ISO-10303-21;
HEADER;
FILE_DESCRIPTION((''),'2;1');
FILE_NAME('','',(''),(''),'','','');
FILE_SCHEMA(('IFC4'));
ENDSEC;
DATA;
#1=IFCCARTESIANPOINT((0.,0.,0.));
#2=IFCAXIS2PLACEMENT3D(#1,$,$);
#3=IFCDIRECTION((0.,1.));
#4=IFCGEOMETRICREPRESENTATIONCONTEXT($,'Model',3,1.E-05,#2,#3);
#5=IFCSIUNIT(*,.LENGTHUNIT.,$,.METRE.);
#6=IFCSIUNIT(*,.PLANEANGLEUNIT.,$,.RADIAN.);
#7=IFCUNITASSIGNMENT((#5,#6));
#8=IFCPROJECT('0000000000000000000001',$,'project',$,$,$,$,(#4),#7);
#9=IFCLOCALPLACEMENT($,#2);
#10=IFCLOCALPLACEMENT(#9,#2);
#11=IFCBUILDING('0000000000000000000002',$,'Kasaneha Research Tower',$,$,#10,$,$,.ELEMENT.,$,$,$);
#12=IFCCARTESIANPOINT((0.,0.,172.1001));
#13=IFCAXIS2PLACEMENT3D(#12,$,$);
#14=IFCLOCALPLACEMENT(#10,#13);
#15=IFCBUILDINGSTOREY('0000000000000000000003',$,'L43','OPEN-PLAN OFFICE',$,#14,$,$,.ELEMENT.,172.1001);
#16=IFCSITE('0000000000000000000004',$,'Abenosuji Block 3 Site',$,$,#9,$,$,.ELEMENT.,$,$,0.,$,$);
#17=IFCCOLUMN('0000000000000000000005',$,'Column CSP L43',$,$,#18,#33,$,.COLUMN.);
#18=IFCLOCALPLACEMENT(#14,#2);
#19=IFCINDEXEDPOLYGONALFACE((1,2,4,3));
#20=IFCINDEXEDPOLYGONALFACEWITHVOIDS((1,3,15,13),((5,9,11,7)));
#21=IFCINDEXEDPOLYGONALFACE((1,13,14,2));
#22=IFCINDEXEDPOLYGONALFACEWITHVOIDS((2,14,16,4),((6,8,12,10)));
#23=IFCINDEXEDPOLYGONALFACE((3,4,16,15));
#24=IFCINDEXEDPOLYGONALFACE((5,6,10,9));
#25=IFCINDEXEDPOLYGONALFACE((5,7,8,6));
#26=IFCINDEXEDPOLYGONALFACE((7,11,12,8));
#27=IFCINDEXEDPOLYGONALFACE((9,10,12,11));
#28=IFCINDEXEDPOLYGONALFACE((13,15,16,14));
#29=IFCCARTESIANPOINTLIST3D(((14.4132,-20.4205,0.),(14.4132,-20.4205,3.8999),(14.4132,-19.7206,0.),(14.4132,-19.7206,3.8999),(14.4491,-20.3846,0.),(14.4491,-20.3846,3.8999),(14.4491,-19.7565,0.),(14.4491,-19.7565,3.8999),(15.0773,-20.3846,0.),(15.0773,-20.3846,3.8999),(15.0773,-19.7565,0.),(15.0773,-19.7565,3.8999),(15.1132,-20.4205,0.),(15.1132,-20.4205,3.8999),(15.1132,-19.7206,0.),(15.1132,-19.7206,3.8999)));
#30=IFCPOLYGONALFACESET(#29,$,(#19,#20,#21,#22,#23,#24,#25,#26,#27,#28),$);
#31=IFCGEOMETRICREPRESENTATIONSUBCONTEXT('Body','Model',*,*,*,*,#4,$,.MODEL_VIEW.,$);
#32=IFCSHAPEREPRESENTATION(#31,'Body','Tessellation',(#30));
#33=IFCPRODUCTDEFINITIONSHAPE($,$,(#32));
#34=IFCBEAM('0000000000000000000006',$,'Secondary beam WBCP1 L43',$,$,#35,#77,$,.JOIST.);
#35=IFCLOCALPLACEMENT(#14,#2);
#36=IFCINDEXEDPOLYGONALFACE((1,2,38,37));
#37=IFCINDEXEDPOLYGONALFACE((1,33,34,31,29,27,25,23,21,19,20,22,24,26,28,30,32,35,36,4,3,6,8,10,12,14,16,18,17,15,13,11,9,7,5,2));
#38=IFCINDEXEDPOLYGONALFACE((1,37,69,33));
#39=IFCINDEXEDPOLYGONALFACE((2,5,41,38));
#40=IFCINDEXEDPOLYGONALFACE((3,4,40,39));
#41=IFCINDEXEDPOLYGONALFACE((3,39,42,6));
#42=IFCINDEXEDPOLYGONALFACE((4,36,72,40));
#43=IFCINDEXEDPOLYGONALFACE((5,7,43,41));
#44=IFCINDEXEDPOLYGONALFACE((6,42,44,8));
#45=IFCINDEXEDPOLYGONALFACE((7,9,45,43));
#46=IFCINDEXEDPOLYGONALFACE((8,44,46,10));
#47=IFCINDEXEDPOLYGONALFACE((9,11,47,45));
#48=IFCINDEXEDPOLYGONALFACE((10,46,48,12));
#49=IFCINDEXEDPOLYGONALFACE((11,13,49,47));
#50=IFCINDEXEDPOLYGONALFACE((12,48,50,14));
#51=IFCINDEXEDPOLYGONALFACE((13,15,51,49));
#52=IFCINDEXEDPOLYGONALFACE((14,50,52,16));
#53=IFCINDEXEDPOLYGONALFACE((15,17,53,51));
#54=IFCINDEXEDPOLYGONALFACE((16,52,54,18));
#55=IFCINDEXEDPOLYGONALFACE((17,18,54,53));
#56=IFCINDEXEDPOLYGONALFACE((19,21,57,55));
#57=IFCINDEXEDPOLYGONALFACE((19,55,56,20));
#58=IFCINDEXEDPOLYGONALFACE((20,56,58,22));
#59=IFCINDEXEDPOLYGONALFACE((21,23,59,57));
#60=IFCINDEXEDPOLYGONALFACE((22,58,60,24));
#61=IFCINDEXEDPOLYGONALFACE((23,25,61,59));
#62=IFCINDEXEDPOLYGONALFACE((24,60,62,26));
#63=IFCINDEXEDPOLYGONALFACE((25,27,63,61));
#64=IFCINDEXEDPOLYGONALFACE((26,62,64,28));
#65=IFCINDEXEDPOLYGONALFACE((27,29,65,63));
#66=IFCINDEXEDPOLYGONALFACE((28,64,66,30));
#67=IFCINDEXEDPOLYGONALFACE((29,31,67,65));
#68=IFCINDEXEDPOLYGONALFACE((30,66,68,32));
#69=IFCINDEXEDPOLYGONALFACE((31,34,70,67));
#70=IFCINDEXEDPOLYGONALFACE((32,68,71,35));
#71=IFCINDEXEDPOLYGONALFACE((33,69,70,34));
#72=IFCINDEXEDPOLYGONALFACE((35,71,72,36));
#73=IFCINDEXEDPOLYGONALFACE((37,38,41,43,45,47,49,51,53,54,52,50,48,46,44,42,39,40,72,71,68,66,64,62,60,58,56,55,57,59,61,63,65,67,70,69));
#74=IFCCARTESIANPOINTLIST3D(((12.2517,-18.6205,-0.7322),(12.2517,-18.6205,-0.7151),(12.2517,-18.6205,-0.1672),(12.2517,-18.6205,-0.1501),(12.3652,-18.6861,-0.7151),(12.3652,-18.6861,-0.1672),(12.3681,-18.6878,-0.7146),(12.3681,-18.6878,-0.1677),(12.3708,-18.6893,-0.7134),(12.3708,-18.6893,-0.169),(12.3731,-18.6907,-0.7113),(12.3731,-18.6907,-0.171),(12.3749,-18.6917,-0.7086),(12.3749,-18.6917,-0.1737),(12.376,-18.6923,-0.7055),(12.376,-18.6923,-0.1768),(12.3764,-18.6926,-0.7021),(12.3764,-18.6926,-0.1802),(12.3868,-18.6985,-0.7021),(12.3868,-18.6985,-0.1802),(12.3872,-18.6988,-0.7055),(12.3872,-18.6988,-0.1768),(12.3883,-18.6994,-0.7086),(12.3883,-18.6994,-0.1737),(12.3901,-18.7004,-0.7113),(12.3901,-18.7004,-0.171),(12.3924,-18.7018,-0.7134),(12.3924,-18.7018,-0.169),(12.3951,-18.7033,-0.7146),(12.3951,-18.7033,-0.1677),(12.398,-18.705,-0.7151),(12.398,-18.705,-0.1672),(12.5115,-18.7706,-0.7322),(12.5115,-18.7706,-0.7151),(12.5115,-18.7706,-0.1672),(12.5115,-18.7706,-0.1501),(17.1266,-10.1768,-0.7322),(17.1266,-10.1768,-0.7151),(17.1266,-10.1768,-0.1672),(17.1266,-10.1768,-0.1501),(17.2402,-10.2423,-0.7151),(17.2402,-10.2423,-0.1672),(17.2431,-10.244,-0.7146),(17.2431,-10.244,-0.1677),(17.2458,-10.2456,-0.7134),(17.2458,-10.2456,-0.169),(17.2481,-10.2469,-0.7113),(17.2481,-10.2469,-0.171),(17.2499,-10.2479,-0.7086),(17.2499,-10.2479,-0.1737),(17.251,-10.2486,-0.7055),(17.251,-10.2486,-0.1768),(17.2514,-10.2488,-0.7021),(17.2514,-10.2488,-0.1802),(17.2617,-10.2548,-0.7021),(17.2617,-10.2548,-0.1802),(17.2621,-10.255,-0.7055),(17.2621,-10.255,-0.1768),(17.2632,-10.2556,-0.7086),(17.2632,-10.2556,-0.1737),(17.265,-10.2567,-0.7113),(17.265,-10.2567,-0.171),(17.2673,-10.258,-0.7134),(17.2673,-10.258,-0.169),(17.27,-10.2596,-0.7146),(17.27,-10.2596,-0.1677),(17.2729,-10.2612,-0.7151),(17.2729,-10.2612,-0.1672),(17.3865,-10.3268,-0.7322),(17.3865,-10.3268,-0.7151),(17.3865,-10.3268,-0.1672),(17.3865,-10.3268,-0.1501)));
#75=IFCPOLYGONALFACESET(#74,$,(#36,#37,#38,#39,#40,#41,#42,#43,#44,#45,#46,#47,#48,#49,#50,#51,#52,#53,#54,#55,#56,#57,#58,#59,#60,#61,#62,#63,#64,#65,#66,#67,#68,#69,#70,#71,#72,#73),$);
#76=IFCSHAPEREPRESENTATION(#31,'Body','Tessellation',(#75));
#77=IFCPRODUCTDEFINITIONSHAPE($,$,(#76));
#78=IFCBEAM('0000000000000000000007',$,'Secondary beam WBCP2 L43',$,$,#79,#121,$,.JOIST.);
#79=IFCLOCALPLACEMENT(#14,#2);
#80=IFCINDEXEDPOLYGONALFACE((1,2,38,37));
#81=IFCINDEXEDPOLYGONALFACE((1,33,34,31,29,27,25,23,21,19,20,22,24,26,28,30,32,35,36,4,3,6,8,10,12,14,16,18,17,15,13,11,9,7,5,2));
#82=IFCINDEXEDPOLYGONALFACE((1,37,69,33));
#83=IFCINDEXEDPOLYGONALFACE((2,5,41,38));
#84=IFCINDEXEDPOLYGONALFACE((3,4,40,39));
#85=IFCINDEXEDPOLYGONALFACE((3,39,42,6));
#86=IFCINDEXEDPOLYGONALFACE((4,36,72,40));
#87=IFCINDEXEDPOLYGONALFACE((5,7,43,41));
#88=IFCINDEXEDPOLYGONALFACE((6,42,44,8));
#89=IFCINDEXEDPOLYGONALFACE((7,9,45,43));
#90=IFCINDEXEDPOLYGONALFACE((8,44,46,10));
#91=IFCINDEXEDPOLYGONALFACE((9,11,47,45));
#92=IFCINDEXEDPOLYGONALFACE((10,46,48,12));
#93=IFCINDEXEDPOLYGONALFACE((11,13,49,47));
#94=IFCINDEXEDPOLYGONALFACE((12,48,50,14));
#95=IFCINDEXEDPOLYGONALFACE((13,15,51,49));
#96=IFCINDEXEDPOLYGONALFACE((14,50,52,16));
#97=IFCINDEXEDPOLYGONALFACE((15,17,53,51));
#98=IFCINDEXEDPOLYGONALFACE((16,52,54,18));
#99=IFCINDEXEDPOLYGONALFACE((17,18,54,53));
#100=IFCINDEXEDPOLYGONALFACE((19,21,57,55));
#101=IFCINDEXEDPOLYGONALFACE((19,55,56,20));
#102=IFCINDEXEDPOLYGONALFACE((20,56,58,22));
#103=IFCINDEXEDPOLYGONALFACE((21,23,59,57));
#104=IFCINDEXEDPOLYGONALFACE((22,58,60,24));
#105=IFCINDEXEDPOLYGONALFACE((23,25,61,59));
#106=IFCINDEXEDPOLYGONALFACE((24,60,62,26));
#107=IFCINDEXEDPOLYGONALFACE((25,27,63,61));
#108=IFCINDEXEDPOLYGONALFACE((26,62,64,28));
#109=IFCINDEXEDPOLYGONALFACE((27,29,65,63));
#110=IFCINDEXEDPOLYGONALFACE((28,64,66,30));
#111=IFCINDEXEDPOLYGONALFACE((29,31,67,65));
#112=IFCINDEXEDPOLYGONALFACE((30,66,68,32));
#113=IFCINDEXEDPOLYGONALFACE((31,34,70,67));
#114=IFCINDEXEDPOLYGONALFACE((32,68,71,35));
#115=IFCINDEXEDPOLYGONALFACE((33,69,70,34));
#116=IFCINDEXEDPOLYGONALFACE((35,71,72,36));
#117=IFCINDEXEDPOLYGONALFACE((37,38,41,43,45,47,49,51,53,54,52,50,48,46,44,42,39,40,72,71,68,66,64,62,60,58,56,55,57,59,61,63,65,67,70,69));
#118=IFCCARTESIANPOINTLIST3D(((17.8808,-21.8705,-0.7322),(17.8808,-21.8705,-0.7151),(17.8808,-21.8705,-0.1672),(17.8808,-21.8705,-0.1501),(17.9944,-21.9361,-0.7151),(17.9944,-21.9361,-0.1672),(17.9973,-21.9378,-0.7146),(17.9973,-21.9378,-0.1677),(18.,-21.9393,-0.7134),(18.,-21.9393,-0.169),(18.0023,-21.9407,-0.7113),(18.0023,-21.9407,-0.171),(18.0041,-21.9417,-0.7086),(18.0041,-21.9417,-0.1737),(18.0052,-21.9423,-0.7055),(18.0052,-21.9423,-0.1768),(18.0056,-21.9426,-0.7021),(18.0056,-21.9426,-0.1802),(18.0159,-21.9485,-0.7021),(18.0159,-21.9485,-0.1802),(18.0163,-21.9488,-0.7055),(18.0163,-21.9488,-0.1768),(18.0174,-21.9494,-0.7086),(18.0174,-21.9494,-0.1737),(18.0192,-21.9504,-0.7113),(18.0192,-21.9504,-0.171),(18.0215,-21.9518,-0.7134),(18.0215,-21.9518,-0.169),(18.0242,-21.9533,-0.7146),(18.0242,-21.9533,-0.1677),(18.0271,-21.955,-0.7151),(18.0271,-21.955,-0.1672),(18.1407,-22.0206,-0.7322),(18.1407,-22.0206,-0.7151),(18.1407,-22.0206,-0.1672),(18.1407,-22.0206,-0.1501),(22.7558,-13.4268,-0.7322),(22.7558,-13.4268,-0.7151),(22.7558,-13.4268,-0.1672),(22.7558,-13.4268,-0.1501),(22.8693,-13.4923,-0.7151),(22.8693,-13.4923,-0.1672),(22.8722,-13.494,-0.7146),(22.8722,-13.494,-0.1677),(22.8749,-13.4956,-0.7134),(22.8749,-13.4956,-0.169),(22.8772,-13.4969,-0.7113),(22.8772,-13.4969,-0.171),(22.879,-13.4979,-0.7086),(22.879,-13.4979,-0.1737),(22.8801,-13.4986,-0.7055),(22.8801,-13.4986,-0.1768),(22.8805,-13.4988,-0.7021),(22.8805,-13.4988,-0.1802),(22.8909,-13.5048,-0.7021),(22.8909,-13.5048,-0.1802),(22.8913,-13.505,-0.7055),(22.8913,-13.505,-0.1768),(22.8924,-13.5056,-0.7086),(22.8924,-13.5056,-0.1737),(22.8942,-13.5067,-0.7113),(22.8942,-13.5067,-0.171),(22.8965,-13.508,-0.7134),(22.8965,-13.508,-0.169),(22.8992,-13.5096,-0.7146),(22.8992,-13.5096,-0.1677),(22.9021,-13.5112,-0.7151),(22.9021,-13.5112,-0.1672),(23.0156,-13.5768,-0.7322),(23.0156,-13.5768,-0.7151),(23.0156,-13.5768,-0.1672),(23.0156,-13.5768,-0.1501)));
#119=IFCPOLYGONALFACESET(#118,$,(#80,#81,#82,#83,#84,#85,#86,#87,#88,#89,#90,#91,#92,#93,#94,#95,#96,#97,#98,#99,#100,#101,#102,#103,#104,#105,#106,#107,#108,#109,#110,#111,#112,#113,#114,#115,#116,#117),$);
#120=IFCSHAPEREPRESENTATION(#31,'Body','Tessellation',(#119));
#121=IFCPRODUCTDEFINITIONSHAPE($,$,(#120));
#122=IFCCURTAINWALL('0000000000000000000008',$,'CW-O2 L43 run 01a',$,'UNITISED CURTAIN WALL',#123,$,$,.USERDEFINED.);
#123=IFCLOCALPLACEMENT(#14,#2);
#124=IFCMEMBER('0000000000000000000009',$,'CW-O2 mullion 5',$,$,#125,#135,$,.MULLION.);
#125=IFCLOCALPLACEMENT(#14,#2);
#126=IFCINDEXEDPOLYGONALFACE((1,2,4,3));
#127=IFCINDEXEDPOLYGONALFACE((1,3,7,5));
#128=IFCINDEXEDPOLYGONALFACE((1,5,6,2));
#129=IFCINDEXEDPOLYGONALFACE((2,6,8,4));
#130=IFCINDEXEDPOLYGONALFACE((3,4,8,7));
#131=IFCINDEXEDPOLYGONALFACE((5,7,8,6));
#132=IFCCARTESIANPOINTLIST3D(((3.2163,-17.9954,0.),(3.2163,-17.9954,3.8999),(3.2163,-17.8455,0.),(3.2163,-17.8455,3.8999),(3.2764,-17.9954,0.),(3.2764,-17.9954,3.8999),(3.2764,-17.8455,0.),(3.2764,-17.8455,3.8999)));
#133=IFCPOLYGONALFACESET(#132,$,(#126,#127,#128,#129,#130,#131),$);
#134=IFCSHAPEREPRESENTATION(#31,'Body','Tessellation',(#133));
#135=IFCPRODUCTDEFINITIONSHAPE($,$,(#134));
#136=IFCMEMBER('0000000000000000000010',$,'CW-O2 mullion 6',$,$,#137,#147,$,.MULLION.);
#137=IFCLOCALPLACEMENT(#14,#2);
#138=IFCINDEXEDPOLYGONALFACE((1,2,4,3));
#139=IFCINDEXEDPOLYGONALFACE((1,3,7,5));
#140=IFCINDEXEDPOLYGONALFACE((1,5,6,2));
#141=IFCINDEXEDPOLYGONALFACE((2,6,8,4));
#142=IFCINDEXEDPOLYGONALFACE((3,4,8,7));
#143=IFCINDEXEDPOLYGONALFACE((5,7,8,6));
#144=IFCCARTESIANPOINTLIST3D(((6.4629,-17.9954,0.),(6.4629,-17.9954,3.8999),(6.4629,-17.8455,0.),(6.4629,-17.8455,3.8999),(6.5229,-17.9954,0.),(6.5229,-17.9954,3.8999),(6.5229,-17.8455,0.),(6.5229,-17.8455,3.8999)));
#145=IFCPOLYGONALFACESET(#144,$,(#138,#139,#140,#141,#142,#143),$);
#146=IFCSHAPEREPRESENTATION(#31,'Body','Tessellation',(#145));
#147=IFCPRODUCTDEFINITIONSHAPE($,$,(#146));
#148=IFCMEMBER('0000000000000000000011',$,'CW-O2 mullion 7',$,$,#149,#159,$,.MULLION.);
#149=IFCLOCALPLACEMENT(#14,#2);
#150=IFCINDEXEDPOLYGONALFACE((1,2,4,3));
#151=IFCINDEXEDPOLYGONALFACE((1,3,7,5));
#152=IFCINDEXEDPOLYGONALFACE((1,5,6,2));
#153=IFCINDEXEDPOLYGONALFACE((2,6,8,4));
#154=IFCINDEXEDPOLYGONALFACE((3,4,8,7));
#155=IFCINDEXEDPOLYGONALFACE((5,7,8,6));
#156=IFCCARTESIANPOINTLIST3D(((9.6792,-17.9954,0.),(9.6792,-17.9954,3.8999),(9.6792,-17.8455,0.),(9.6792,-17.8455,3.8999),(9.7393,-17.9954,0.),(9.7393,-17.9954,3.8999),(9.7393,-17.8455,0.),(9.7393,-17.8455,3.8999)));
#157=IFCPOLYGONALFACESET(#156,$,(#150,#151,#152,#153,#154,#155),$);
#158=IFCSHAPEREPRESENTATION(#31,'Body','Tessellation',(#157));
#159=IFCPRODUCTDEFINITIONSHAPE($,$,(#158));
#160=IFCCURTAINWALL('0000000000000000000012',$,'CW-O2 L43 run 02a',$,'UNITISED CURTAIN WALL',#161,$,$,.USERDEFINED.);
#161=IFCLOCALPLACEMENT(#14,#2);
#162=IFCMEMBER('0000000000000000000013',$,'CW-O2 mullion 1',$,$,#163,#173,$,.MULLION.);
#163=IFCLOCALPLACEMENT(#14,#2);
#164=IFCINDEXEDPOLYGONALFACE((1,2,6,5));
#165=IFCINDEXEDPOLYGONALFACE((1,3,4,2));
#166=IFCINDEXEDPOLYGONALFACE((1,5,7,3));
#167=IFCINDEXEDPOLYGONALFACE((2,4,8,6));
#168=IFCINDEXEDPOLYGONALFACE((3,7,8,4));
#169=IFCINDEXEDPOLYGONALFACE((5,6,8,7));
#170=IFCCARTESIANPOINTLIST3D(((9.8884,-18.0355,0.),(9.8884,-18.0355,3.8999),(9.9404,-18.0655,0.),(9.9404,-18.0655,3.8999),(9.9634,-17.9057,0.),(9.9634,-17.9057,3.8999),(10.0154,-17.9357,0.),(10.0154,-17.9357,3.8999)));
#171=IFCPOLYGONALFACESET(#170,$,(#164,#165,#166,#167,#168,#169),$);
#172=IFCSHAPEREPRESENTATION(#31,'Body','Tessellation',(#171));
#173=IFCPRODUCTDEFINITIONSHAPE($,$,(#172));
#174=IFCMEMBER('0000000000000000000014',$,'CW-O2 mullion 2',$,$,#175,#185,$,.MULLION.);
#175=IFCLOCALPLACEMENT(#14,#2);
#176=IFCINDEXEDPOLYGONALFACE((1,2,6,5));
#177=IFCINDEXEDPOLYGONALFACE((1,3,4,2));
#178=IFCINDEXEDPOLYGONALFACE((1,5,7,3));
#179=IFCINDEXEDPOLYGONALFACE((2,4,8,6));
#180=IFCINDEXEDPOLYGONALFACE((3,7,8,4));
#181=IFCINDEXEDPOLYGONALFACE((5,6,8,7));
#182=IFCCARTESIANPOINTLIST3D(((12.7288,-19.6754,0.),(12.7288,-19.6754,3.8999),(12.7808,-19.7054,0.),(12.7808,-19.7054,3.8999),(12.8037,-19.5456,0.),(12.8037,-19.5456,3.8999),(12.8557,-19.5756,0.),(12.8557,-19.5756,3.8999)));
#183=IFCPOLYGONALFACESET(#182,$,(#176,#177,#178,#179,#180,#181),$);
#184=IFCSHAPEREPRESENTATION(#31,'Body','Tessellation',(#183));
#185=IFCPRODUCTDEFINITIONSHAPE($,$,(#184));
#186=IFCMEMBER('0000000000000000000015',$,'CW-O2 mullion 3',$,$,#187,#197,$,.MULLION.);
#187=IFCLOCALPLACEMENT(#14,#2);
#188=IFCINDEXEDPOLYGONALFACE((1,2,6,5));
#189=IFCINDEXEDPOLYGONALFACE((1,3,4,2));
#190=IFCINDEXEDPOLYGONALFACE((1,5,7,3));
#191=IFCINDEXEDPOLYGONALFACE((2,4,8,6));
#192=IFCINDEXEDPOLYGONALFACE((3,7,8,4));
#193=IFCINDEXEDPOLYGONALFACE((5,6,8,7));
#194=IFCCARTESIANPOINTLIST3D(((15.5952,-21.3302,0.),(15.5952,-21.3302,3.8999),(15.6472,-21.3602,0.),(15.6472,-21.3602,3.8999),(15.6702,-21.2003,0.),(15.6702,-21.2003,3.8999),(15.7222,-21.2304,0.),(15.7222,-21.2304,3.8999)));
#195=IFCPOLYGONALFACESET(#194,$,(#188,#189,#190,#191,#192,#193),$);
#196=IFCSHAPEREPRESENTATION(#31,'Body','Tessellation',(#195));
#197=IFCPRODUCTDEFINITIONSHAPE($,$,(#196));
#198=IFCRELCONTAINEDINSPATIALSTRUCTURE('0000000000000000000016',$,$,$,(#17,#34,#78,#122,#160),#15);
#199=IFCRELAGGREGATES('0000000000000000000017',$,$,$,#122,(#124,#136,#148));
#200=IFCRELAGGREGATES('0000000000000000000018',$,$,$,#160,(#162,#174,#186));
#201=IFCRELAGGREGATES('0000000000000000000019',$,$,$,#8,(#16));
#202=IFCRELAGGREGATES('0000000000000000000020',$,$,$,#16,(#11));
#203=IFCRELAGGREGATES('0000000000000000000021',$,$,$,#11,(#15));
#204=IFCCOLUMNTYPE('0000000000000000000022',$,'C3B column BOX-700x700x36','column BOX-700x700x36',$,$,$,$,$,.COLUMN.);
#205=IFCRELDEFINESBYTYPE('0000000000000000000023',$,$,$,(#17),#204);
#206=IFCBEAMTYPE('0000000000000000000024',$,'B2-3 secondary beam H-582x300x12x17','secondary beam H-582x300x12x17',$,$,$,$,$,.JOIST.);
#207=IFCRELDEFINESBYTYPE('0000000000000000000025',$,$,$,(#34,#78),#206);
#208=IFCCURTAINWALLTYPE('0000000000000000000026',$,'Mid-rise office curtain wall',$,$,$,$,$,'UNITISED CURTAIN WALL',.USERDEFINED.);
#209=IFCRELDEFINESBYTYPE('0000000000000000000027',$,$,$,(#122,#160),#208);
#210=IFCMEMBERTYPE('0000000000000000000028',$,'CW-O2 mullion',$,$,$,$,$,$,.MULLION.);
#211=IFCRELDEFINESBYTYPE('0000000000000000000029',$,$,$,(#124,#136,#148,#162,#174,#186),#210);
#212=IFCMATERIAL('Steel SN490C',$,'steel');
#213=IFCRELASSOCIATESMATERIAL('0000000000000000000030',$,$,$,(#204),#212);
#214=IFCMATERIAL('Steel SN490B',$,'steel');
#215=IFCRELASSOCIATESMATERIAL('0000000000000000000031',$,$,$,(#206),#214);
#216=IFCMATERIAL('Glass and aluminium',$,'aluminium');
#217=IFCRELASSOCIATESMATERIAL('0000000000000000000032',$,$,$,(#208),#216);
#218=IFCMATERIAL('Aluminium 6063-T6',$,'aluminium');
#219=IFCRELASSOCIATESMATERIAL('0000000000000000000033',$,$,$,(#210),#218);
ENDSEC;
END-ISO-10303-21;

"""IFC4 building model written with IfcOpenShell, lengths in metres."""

from ifc_helpers import new_model, si_unit, direction, frame, origin, origin_2d, place, context, subcontext, project, spatial, rectangle, hollow_rectangle, i_section, extrude, material, material_profile, profile_set, type_object, element, aggregate, save


model = new_model("IFC4")

# Units and contexts
model_context = context("Model", 3, precision=1e-05, world=origin(), true_north=direction((0.0, 1.0)))
body_context = subcontext(model_context, "Body", "Model", "MODEL_VIEW")
ifc_project = project(units=[si_unit("LENGTHUNIT", "METRE"), si_unit("PLANEANGLEUNIT", "RADIAN")], contexts=[model_context])

# Site, building, storey
site_placement = place(None, origin())
site = spatial("IfcSite", under=ifc_project, at=site_placement, Name="Abenosuji Block 3 Site", CompositionType="ELEMENT", RefElevation=0.0)
building_placement = place(site_placement, origin())
building = spatial("IfcBuilding", under=site, at=building_placement, Name="Kasaneha Research Tower", CompositionType="ELEMENT")
storey_placement = place(building_placement, frame((0.0, 0.0, 172.1001)))
storey = spatial("IfcBuildingStorey", under=building, at=storey_placement, Name="L43", Description="OPEN-PLAN OFFICE", CompositionType="ELEMENT", Elevation=172.1001)

# Column
ifc_material_1 = material(Name="Steel SN490C", Category="steel")
ifc_material_profile_1 = material_profile(ifc_material_1, hollow_rectangle(XDim=0.7, YDim=0.7, WallThickness=0.0359, at=origin_2d()), Name="BOX-700x700x36")
ifc_profile_set_1 = profile_set([ifc_material_profile_1], Name="Steel SN490C")
column_type = type_object("IfcColumnType", Name="C3B column BOX-700x700x36", Description="column BOX-700x700x36", PredefinedType="COLUMN", material=ifc_profile_set_1)
column_placement = place(storey_placement, frame((14.7632, -20.0706, 0.0), z_axis=(0.0, 0.0, 1.0), x_axis=(1.0, 0.0, 0.0)))
element("IfcColumn", 1, at=column_placement, inside=storey, type_object=column_type, Name="Column CSP L43", PredefinedType="COLUMN", context=body_context, shape_type="SweptSolid", body=[
    extrude(hollow_rectangle(XDim=0.7, YDim=0.7, WallThickness=0.0359, at=origin_2d()), origin(), (0.0, 0.0, 1.0), 3.8999),
])

# Beams
ifc_material_2 = material(Name="Steel SN490B", Category="steel")
ifc_material_profile_2 = material_profile(ifc_material_2, i_section(OverallWidth=0.3, OverallDepth=0.582, WebThickness=0.012, FlangeThickness=0.0171, FilletRadius=0.0129, at=origin_2d()), Name="H-582x300x12x17")
ifc_profile_set_2 = profile_set([ifc_material_profile_2], Name="Steel SN490B")
beam_type_1 = type_object("IfcBeamType", Name="B2-3 secondary beam H-582x300x12x17", Description="secondary beam H-582x300x12x17", PredefinedType="JOIST", material=ifc_profile_set_2)
for number, where, z_axis, x_axis, name in (
    (2, (12.3816, -18.6956, -0.4412), (0.499996, 0.866028, 0.0), (-0.866028, 0.499996, 0.0), "Secondary beam WBCP1 L43"),
    (3, (18.0107, -21.9456, -0.4412), (0.499996, 0.866028, 0.0), (-0.866028, 0.499996, 0.0), "Secondary beam WBCP2 L43"),
):
    element("IfcBeam", number, at=place(storey_placement, frame(where, z_axis=z_axis, x_axis=x_axis)), inside=storey, type_object=beam_type_1, Name=name, PredefinedType="JOIST", context=body_context, shape_type="SweptSolid", body=[
        extrude(i_section(OverallWidth=0.3, OverallDepth=0.582, WebThickness=0.012, FlangeThickness=0.0171, FilletRadius=0.0129, at=origin_2d()), origin(), (0.0, 0.0, 1.0), 9.75),
    ])

# Curtain walls, members
ifc_material_3 = material(Name="Glass and aluminium", Category="aluminium")
curtain_wall_type = type_object("IfcCurtainWallType", Name="Mid-rise office curtain wall", ElementType="UNITISED CURTAIN WALL", PredefinedType="USERDEFINED", material=ifc_material_3)
curtain_wall_1_placement = place(storey_placement, origin())
curtain_wall_1 = element("IfcCurtainWall", 4, at=curtain_wall_1_placement, inside=storey, type_object=curtain_wall_type, Name="CW-O2 L43 run 01a", ObjectType="UNITISED CURTAIN WALL", PredefinedType="USERDEFINED")
ifc_material_4 = material(Name="Aluminium 6063-T6", Category="aluminium")
ifc_material_profile_3 = material_profile(ifc_material_4, rectangle(XDim=0.0601, YDim=0.1499, at=origin_2d()), Name="CW-O2 mullion 60x150")
ifc_profile_set_3 = profile_set([ifc_material_profile_3], Name="Aluminium 6063-T6")
member_type_1 = type_object("IfcMemberType", Name="CW-O2 mullion", PredefinedType="MULLION", material=ifc_profile_set_3)
member_1_placement = place(storey_placement, frame((3.2463, -17.9204, 0.0), z_axis=(0.0, 0.0, 1.0), x_axis=(1.0, 0.0, 0.0)))
member_1 = element("IfcMember", 5, at=member_1_placement, type_object=member_type_1, Name="CW-O2 mullion 5", PredefinedType="MULLION", context=body_context, shape_type="SweptSolid", body=[
    extrude(rectangle(XDim=0.0601, YDim=0.1499, at=origin_2d()), origin(), (0.0, 0.0, 1.0), 3.8999),
])
member_2_placement = place(storey_placement, frame((6.4929, -17.9204, 0.0), z_axis=(0.0, 0.0, 1.0), x_axis=(1.0, 0.0, 0.0)))
member_2 = element("IfcMember", 6, at=member_2_placement, type_object=member_type_1, Name="CW-O2 mullion 6", PredefinedType="MULLION", context=body_context, shape_type="SweptSolid", body=[
    extrude(rectangle(XDim=0.0601, YDim=0.1499, at=origin_2d()), origin(), (0.0, 0.0, 1.0), 3.8999),
])
member_3_placement = place(storey_placement, frame((9.7092, -17.9204, 0.0), z_axis=(0.0, 0.0, 1.0), x_axis=(1.0, 0.0, 0.0)))
member_3 = element("IfcMember", 7, at=member_3_placement, type_object=member_type_1, Name="CW-O2 mullion 7", PredefinedType="MULLION", context=body_context, shape_type="SweptSolid", body=[
    extrude(rectangle(XDim=0.0601, YDim=0.1499, at=origin_2d()), origin(), (0.0, 0.0, 1.0), 3.8999),
])
curtain_wall_2_placement = place(storey_placement, origin())
curtain_wall_2 = element("IfcCurtainWall", 8, at=curtain_wall_2_placement, inside=storey, type_object=curtain_wall_type, Name="CW-O2 L43 run 02a", ObjectType="UNITISED CURTAIN WALL", PredefinedType="USERDEFINED")
member_4_placement = place(storey_placement, frame((9.9519, -17.9856, 0.0), z_axis=(0.0, 0.0, 1.0), x_axis=(0.866025, -0.5, 0.0)))
member_4 = element("IfcMember", 9, at=member_4_placement, type_object=member_type_1, Name="CW-O2 mullion 1", PredefinedType="MULLION", context=body_context, shape_type="SweptSolid", body=[
    extrude(rectangle(XDim=0.0601, YDim=0.1499, at=origin_2d()), origin(), (0.0, 0.0, 1.0), 3.8999),
])
member_5_placement = place(storey_placement, frame((12.7922, -19.6255, 0.0), z_axis=(0.0, 0.0, 1.0), x_axis=(0.866025, -0.5, 0.0)))
member_5 = element("IfcMember", 10, at=member_5_placement, type_object=member_type_1, Name="CW-O2 mullion 2", PredefinedType="MULLION", context=body_context, shape_type="SweptSolid", body=[
    extrude(rectangle(XDim=0.0601, YDim=0.1499, at=origin_2d()), origin(), (0.0, 0.0, 1.0), 3.8999),
])
member_6_placement = place(storey_placement, frame((15.6587, -21.2803, 0.0), z_axis=(0.0, 0.0, 1.0), x_axis=(0.866025, -0.5, 0.0)))
member_6 = element("IfcMember", 11, at=member_6_placement, type_object=member_type_1, Name="CW-O2 mullion 3", PredefinedType="MULLION", context=body_context, shape_type="SweptSolid", body=[
    extrude(rectangle(XDim=0.0601, YDim=0.1499, at=origin_2d()), origin(), (0.0, 0.0, 1.0), 3.8999),
])

aggregate(curtain_wall_1, [member_1, member_2, member_3])
aggregate(curtain_wall_2, [member_4, member_5, member_6])

save(model, "model.ifc")
